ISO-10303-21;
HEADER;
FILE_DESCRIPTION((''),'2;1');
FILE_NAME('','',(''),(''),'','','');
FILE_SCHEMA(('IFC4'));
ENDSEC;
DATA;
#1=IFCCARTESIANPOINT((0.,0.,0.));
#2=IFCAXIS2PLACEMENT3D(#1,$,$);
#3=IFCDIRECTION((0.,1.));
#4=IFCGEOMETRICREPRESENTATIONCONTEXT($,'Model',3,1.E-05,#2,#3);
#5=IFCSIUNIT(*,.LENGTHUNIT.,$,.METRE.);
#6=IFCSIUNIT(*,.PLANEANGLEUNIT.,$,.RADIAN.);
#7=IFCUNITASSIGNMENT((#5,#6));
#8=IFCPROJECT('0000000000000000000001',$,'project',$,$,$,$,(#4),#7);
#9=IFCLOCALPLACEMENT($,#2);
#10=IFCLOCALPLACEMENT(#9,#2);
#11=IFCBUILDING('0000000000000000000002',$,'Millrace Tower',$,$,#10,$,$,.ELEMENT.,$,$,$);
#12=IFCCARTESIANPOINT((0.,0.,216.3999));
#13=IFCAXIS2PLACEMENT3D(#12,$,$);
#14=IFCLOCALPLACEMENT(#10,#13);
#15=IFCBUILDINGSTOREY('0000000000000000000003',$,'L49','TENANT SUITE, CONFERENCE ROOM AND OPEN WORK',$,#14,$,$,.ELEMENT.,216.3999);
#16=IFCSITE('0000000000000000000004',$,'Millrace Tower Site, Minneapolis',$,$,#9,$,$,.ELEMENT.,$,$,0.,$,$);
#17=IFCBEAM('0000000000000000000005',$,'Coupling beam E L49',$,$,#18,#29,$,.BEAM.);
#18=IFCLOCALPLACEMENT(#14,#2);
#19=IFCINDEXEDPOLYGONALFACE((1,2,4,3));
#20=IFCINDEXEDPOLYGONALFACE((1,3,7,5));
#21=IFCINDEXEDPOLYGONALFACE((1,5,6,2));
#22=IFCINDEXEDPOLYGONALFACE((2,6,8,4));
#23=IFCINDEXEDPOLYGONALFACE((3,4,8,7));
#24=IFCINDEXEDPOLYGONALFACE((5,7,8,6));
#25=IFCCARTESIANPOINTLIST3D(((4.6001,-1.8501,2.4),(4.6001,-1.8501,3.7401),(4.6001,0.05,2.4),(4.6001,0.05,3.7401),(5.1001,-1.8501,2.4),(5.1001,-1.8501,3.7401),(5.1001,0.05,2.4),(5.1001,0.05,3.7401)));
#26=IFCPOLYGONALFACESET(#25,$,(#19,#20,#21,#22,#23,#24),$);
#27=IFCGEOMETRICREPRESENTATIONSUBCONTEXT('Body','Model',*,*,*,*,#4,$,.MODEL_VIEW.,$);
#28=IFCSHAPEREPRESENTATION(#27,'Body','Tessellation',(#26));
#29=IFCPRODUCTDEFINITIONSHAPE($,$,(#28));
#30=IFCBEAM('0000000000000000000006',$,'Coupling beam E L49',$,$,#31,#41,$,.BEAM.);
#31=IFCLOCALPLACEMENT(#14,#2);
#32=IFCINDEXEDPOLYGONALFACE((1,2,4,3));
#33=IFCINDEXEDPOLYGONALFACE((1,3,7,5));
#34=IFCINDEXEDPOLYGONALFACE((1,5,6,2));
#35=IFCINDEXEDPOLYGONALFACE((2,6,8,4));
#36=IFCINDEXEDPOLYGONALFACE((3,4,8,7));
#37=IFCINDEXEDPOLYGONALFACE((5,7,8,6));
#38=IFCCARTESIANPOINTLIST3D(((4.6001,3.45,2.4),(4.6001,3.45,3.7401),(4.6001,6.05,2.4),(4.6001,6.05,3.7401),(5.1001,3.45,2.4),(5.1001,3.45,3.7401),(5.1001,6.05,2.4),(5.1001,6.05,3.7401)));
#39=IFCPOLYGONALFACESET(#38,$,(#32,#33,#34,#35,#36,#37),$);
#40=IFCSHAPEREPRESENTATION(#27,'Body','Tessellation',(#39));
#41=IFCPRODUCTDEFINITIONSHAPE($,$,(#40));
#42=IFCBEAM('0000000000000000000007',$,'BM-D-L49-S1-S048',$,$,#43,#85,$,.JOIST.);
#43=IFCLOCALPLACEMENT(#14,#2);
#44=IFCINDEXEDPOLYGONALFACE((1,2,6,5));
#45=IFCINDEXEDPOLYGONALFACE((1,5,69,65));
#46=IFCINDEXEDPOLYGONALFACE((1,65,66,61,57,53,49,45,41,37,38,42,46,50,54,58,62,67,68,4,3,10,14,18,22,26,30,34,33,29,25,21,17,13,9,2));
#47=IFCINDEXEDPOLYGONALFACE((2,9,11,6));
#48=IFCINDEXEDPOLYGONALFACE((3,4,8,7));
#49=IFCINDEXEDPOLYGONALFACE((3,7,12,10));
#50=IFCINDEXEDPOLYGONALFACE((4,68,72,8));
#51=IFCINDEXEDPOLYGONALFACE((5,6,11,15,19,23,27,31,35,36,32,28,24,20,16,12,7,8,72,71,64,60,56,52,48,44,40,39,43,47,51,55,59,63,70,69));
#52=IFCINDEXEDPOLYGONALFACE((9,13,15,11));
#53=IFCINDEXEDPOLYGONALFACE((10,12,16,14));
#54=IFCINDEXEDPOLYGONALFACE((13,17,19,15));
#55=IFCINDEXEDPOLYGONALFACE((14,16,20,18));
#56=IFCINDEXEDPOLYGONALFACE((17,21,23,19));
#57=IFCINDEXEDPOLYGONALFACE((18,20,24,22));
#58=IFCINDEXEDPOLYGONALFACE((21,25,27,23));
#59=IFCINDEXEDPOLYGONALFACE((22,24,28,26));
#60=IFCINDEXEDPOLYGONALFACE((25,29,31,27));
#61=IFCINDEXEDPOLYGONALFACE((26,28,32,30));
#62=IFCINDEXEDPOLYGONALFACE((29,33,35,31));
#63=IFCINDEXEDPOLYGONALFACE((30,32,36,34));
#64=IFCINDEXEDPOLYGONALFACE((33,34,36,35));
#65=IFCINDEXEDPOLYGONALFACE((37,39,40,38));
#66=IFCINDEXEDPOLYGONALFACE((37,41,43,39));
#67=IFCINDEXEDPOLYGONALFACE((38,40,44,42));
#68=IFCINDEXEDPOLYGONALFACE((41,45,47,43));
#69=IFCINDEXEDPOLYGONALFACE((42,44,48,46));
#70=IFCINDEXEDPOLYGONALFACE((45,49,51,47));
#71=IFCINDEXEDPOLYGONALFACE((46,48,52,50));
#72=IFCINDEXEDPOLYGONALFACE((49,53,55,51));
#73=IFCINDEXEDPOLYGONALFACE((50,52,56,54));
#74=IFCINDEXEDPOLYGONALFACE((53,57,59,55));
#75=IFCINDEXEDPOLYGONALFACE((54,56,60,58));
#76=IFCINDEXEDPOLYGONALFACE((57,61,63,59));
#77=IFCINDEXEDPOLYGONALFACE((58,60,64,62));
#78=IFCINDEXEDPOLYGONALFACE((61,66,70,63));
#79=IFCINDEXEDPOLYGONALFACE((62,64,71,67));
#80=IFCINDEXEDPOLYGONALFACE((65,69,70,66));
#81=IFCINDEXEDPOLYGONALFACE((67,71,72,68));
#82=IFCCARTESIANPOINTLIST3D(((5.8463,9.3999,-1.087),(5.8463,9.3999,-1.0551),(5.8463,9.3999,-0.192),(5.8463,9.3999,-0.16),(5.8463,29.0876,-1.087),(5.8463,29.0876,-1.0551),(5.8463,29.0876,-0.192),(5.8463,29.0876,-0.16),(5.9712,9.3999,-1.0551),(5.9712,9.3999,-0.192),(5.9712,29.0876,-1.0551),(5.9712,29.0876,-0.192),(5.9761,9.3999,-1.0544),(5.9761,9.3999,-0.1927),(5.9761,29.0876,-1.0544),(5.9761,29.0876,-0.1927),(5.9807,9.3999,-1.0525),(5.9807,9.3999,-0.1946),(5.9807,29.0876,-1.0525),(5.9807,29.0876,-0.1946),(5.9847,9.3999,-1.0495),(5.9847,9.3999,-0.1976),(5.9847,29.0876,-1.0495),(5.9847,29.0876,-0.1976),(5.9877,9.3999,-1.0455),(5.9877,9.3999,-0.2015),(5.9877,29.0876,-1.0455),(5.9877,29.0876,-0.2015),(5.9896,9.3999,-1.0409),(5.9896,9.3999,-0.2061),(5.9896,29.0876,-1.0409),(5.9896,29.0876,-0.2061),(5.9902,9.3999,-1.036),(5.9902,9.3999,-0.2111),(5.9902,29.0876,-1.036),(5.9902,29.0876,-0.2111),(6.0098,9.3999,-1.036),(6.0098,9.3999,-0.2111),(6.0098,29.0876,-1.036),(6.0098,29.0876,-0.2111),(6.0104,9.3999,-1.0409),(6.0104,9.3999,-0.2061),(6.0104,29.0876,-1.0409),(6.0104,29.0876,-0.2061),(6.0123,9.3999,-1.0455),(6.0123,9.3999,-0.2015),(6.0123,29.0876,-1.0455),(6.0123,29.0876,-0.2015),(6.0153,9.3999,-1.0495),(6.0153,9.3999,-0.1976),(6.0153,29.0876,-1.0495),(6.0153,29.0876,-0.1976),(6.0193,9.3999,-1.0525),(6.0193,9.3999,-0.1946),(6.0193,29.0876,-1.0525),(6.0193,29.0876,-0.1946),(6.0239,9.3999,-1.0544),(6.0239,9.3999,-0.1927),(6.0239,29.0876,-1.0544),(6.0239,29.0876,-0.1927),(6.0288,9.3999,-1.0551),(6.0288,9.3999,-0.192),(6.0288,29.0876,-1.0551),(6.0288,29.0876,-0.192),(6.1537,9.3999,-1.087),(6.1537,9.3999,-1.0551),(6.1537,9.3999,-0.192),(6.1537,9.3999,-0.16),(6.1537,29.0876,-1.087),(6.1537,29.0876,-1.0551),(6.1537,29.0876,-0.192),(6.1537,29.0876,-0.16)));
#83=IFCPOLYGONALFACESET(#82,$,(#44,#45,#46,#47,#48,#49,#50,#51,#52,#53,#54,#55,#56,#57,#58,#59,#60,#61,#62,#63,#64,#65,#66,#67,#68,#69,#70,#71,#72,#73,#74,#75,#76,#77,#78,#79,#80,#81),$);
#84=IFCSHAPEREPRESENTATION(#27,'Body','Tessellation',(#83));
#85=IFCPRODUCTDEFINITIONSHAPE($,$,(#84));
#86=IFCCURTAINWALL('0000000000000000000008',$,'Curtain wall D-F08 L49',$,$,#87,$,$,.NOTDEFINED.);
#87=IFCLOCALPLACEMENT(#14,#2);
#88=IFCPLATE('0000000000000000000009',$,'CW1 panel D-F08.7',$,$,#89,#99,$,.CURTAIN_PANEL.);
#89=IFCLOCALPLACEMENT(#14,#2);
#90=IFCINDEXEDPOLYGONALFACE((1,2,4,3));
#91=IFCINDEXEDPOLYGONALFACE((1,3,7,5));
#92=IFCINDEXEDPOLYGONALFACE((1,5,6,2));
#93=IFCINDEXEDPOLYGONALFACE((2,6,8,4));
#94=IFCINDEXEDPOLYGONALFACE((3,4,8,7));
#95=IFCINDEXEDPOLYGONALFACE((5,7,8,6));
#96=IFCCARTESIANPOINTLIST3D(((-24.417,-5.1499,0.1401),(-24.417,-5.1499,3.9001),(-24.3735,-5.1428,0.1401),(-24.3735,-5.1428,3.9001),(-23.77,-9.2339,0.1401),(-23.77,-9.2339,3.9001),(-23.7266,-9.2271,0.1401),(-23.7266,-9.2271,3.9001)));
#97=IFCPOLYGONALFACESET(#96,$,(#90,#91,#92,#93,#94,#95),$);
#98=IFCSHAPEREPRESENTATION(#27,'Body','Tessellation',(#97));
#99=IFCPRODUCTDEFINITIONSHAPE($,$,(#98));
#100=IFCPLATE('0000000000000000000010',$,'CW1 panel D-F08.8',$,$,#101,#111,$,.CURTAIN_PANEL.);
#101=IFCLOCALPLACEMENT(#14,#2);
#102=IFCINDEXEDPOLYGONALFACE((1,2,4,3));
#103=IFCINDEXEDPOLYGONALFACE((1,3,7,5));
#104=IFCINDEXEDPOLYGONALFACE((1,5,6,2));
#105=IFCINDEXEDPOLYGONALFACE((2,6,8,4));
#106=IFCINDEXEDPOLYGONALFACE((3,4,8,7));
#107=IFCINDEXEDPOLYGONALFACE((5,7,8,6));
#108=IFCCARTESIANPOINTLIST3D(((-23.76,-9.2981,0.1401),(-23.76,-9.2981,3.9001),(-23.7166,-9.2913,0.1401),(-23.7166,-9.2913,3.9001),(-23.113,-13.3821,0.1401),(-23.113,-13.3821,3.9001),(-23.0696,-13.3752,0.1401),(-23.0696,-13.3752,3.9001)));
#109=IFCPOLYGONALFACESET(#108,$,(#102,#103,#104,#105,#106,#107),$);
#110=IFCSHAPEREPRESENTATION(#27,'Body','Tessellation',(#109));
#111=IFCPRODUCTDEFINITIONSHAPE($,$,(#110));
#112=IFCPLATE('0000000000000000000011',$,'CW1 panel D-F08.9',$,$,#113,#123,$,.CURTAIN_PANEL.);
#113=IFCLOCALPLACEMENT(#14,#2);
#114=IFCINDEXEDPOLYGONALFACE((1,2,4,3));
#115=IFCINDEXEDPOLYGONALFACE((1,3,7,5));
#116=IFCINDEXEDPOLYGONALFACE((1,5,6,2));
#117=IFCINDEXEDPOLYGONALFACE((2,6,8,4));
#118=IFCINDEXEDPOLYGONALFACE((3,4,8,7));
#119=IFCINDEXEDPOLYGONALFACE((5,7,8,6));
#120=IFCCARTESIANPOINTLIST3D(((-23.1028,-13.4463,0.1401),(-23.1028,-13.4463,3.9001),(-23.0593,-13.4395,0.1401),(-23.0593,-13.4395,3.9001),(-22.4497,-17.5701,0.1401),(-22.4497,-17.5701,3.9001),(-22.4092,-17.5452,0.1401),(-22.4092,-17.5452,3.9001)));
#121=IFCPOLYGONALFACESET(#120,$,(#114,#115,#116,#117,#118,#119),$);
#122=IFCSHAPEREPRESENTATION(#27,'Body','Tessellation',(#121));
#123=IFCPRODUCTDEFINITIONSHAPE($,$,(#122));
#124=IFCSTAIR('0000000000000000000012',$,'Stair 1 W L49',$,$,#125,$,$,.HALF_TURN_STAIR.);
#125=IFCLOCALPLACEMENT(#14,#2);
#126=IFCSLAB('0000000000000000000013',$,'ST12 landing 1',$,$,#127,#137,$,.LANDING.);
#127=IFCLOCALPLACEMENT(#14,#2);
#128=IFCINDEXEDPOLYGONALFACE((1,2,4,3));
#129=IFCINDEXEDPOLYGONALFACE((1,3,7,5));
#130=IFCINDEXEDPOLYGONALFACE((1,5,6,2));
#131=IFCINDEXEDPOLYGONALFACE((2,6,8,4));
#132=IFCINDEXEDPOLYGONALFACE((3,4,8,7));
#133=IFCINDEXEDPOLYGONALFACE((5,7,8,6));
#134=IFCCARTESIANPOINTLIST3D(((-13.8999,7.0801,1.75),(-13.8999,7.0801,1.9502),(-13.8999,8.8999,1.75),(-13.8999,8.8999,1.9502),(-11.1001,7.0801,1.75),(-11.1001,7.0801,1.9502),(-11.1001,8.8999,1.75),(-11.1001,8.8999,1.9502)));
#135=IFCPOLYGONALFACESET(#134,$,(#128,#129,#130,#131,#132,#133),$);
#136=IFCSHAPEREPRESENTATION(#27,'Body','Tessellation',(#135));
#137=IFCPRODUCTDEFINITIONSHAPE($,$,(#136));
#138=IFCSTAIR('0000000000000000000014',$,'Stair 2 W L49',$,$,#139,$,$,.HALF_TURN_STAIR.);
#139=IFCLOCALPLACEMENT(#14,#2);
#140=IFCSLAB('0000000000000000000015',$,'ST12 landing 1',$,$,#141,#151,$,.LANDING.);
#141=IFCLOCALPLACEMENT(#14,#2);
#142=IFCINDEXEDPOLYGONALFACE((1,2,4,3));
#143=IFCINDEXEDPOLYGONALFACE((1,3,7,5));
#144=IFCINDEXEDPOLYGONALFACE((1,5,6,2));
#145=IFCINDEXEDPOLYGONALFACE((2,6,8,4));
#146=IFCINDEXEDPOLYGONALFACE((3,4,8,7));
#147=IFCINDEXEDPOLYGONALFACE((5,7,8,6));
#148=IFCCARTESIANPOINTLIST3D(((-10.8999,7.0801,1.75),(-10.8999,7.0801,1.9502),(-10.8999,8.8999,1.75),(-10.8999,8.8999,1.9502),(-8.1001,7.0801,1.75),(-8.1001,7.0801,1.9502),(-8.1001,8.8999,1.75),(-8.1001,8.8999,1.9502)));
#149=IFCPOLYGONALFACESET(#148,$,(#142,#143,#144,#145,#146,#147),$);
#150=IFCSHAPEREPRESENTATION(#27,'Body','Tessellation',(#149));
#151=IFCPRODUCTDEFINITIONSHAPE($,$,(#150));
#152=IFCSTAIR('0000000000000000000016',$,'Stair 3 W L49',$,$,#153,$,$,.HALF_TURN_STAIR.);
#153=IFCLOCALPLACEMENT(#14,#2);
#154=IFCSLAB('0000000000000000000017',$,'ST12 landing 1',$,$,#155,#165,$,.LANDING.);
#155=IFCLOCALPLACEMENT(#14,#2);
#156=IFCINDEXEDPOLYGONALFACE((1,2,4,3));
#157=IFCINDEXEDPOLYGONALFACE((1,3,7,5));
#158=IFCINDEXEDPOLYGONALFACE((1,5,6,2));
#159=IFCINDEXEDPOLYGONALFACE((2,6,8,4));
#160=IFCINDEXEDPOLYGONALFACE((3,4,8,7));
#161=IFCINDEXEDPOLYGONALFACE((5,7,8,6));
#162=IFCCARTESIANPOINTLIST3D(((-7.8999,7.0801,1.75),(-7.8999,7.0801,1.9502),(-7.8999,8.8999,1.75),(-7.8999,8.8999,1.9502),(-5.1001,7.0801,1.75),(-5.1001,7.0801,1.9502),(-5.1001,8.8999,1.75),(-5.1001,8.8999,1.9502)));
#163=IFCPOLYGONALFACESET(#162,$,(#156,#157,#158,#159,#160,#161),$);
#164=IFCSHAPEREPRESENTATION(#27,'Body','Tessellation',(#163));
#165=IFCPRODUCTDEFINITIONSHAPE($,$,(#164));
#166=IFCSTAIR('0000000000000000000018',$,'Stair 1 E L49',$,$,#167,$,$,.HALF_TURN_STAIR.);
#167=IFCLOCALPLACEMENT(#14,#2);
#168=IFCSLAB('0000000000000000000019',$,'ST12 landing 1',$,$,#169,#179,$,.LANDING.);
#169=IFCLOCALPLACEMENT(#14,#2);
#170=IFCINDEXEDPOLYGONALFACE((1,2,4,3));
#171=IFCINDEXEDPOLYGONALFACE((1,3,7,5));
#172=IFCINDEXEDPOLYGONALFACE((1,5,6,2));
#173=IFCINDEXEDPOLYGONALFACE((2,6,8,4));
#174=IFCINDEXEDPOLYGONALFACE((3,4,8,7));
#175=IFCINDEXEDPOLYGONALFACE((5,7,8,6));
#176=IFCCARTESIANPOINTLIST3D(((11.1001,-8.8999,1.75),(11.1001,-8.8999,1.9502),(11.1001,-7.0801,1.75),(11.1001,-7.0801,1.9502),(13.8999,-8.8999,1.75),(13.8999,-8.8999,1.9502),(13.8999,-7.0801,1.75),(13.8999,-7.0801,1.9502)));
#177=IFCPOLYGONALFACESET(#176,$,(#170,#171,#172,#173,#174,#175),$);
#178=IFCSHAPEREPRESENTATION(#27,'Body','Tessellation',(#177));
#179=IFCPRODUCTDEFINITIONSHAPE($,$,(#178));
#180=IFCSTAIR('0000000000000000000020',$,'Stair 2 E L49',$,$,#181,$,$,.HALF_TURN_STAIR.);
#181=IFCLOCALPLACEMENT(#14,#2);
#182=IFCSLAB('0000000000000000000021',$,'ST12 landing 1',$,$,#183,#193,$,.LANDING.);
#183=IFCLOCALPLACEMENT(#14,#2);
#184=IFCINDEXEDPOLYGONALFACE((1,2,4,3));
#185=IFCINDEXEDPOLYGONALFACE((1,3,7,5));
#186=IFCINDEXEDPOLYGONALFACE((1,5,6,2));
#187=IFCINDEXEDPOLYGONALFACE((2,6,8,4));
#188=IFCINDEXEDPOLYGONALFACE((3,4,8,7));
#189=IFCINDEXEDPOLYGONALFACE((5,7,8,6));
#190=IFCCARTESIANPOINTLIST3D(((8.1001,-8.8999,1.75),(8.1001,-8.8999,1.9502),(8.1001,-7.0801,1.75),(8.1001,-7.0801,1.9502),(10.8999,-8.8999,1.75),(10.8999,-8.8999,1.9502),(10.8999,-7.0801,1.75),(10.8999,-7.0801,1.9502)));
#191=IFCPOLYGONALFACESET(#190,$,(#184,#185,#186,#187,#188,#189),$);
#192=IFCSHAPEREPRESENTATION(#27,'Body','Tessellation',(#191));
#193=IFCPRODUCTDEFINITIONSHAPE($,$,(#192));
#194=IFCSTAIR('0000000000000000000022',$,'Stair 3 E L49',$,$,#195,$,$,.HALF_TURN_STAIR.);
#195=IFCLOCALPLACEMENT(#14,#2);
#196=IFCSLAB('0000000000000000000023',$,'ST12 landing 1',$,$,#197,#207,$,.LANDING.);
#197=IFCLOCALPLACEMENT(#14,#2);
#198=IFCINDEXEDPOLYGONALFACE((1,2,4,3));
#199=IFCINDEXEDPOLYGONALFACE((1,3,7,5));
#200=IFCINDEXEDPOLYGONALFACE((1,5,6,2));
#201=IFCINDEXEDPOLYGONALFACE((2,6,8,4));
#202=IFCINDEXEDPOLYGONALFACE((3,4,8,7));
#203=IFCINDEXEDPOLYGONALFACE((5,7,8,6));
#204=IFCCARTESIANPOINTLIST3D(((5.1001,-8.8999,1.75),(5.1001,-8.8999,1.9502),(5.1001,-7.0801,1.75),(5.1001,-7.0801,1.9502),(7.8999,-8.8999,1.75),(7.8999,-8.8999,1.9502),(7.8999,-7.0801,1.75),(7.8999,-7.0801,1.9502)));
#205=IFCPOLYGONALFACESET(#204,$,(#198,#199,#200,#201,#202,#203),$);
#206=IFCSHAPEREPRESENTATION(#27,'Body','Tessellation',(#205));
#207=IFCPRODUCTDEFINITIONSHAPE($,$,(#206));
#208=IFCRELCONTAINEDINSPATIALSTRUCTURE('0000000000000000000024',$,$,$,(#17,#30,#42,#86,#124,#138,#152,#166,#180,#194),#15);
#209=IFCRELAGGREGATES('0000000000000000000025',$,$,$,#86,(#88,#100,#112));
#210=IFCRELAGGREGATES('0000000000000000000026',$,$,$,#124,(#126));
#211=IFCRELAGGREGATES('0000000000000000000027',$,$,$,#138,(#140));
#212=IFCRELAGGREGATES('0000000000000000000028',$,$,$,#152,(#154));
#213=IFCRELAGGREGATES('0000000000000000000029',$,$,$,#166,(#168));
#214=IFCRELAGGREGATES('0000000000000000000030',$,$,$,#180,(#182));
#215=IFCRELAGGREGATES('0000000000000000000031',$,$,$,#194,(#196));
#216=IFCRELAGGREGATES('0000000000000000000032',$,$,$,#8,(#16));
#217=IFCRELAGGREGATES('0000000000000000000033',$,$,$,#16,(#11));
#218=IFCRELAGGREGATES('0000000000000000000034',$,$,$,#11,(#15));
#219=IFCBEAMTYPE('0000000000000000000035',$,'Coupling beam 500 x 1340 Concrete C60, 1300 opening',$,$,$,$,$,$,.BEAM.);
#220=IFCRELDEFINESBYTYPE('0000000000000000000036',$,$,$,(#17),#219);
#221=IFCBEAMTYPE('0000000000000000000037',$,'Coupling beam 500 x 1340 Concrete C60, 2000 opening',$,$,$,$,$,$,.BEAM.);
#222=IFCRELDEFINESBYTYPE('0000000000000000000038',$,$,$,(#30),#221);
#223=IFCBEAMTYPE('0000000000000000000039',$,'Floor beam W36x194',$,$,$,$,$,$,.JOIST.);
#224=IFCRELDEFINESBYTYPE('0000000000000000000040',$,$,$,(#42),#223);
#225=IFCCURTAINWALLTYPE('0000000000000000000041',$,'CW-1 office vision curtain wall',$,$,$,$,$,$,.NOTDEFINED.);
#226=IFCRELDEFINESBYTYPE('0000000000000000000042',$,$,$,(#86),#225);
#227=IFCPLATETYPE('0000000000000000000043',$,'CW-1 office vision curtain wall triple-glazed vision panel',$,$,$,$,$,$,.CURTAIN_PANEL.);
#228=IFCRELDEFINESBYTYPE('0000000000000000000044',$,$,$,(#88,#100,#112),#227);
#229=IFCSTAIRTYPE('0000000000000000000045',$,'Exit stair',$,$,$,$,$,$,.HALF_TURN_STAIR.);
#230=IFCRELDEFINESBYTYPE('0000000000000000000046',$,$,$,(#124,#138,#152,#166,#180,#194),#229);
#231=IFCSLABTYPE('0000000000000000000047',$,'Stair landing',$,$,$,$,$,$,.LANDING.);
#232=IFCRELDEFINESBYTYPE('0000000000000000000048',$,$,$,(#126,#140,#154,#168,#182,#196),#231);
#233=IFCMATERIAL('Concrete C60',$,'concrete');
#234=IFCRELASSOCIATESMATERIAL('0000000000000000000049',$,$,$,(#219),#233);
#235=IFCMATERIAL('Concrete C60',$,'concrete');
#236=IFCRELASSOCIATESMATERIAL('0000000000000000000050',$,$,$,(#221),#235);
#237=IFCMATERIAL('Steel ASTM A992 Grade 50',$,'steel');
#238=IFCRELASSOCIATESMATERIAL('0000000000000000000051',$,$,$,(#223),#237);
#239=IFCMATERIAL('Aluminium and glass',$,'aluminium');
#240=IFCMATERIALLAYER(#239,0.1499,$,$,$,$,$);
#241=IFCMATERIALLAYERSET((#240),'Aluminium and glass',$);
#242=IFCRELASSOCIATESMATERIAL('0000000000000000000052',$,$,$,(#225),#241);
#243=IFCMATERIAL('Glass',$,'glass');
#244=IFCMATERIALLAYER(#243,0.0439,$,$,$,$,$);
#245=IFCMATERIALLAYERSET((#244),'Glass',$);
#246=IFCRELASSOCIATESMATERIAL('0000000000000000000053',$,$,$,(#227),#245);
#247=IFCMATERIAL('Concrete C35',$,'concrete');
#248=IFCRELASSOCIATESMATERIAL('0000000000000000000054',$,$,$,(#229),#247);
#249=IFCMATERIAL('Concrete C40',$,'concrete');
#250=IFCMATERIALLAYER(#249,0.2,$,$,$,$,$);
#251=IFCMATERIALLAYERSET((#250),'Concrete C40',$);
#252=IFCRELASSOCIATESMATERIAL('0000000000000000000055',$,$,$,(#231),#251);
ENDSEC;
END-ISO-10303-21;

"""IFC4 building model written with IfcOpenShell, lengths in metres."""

from ifc_helpers import new_model, si_unit, direction, frame, origin, origin_2d, place, context, subcontext, project, spatial, polyline, rectangle, i_section, outline, extrude, material, layer, layer_set, material_profile, profile_set, type_object, element, aggregate, save


model = new_model("IFC4")

# Units and contexts
model_context = context("Model", 3, precision=1e-05, world=origin(), true_north=direction((0.0, 1.0)))
body_context = subcontext(model_context, "Body", "Model", "MODEL_VIEW")
ifc_project = project(units=[si_unit("LENGTHUNIT", "METRE"), si_unit("PLANEANGLEUNIT", "RADIAN")], contexts=[model_context])

# Site, building, storey
site_placement = place(None, origin())
site = spatial("IfcSite", under=ifc_project, at=site_placement, Name="Millrace Tower Site, Minneapolis", CompositionType="ELEMENT", RefElevation=0.0)
building_placement = place(site_placement, origin())
building = spatial("IfcBuilding", under=site, at=building_placement, Name="Millrace Tower", CompositionType="ELEMENT")
storey_placement = place(building_placement, frame((0.0, 0.0, 216.3999)))
storey = spatial("IfcBuildingStorey", under=building, at=storey_placement, Name="L49", Description="TENANT SUITE, CONFERENCE ROOM AND OPEN WORK", CompositionType="ELEMENT", Elevation=216.3999)

# Beams
ifc_material_1 = material(Name="Concrete C60", Category="concrete")
ifc_material_profile_1 = material_profile(ifc_material_1, rectangle(XDim=0.5, YDim=1.3401, at=origin_2d()))
ifc_profile_set_1 = profile_set([ifc_material_profile_1], Name="Concrete C60")
beam_type_1 = type_object("IfcBeamType", Name="Coupling beam 500 x 1340 Concrete C60, 1300 opening", PredefinedType="BEAM", material=ifc_profile_set_1)
beam_1_placement = place(storey_placement, frame((4.8501, 0.05, 3.0701), z_axis=(0.0, -1.0, 0.0), x_axis=(1.0, 0.0, 0.0)))
element("IfcBeam", 1, at=beam_1_placement, inside=storey, type_object=beam_type_1, Name="Coupling beam E L49", PredefinedType="BEAM", context=body_context, shape_type="SweptSolid", body=[
    extrude(rectangle(XDim=0.5, YDim=1.3401, at=origin_2d()), origin(), (0.0, 0.0, 1.0), 1.9001),
])
ifc_material_2 = material(Name="Concrete C60", Category="concrete")
ifc_material_profile_2 = material_profile(ifc_material_2, rectangle(XDim=0.5, YDim=1.3401, at=origin_2d()))
ifc_profile_set_2 = profile_set([ifc_material_profile_2], Name="Concrete C60")
beam_type_2 = type_object("IfcBeamType", Name="Coupling beam 500 x 1340 Concrete C60, 2000 opening", PredefinedType="BEAM", material=ifc_profile_set_2)
beam_2_placement = place(storey_placement, frame((4.8501, 6.05, 3.0701), z_axis=(0.0, -1.0, 0.0), x_axis=(1.0, 0.0, 0.0)))
element("IfcBeam", 2, at=beam_2_placement, inside=storey, type_object=beam_type_2, Name="Coupling beam E L49", PredefinedType="BEAM", context=body_context, shape_type="SweptSolid", body=[
    extrude(rectangle(XDim=0.5, YDim=1.3401, at=origin_2d()), origin(), (0.0, 0.0, 1.0), 2.6001),
])
ifc_material_3 = material(Name="Steel ASTM A992 Grade 50", Category="steel")
ifc_material_profile_3 = material_profile(ifc_material_3, i_section(OverallWidth=0.3074, OverallDepth=0.927, WebThickness=0.0195, FlangeThickness=0.032, FilletRadius=0.019, at=origin_2d()))
ifc_profile_set_3 = profile_set([ifc_material_profile_3], Name="Steel ASTM A992 Grade 50")
beam_type_3 = type_object("IfcBeamType", Name="Floor beam W36x194", PredefinedType="JOIST", material=ifc_profile_set_3)
beam_3_placement = place(storey_placement, frame((6.0, 9.3999, -0.6235), z_axis=(0.0, 1.0, 0.0), x_axis=(-1.0, 0.0, 0.0)))
element("IfcBeam", 3, at=beam_3_placement, inside=storey, type_object=beam_type_3, Name="BM-D-L49-S1-S048", PredefinedType="JOIST", context=body_context, shape_type="SweptSolid", body=[
    extrude(i_section(OverallWidth=0.3074, OverallDepth=0.927, WebThickness=0.0195, FlangeThickness=0.032, FilletRadius=0.019, at=origin_2d()), origin(), (0.0, 0.0, 1.0), 19.6877),
])

# Curtain wall, plates
ifc_material_4 = material(Name="Aluminium and glass", Category="aluminium")
ifc_layer_1 = layer(ifc_material_4, 0.1499)
ifc_layer_set_1 = layer_set([ifc_layer_1], Name="Aluminium and glass")
curtain_wall_type = type_object("IfcCurtainWallType", Name="CW-1 office vision curtain wall", PredefinedType="NOTDEFINED", material=ifc_layer_set_1)
placement_1 = place(storey_placement, origin())
curtain_wall = element("IfcCurtainWall", 4, at=placement_1, inside=storey, type_object=curtain_wall_type, Name="Curtain wall D-F08 L49", PredefinedType="NOTDEFINED")
ifc_material_5 = material(Name="Glass", Category="glass")
ifc_layer_2 = layer(ifc_material_5, 0.0439)
ifc_layer_set_2 = layer_set([ifc_layer_2], Name="Glass")
plate_type = type_object("IfcPlateType", Name="CW-1 office vision curtain wall triple-glazed vision panel", PredefinedType="CURTAIN_PANEL", material=ifc_layer_set_2)
placement_2 = place(storey_placement, frame((0.0, 0.0, 0.1401)))
plate_1 = element("IfcPlate", 5, at=placement_2, type_object=plate_type, Name="CW1 panel D-F08.7", PredefinedType="CURTAIN_PANEL", context=body_context, shape_type="SweptSolid", body=[
    extrude(outline(polyline([(-24.417, -5.1499), (-23.77, -9.2339), (-23.7266, -9.2271), (-24.3735, -5.1428), (-24.417, -5.1499)])), origin(), (0.0, 0.0, 1.0), 3.76),
])
plate_2 = element("IfcPlate", 6, at=placement_2, type_object=plate_type, Name="CW1 panel D-F08.8", PredefinedType="CURTAIN_PANEL", context=body_context, shape_type="SweptSolid", body=[
    extrude(outline(polyline([(-23.76, -9.2981), (-23.113, -13.3821), (-23.0696, -13.3752), (-23.7166, -9.2913), (-23.76, -9.2981)])), origin(), (0.0, 0.0, 1.0), 3.76),
])
plate_3 = element("IfcPlate", 7, at=placement_2, type_object=plate_type, Name="CW1 panel D-F08.9", PredefinedType="CURTAIN_PANEL", context=body_context, shape_type="SweptSolid", body=[
    extrude(outline(polyline([(-23.1028, -13.4463), (-22.4497, -17.5701), (-22.4092, -17.5452), (-23.0593, -13.4395), (-23.1028, -13.4463)])), origin(), (0.0, 0.0, 1.0), 3.76),
])
aggregate(curtain_wall, [plate_1, plate_2, plate_3])

# Stairs, slabs
ifc_material_6 = material(Name="Concrete C35", Category="concrete")
stair_type = type_object("IfcStairType", Name="Exit stair", PredefinedType="HALF_TURN_STAIR", material=ifc_material_6)
stair_1 = element("IfcStair", 8, at=placement_1, inside=storey, type_object=stair_type, Name="Stair 1 W L49", PredefinedType="HALF_TURN_STAIR")
ifc_material_7 = material(Name="Concrete C40", Category="concrete")
ifc_layer_3 = layer(ifc_material_7, 0.2)
ifc_layer_set_3 = layer_set([ifc_layer_3], Name="Concrete C40")
slab_type = type_object("IfcSlabType", Name="Stair landing", PredefinedType="LANDING", material=ifc_layer_set_3)
placement_3 = place(storey_placement, frame((0.0, 0.0, 1.75)))
slab_1 = element("IfcSlab", 9, at=placement_3, type_object=slab_type, Name="ST12 landing 1", PredefinedType="LANDING", context=body_context, shape_type="SweptSolid", body=[
    extrude(outline(polyline([(-13.8999, 7.0801), (-11.1001, 7.0801), (-11.1001, 8.8999), (-13.8999, 8.8999), (-13.8999, 7.0801)])), origin(), (0.0, 0.0, 1.0), 0.2002),
])
aggregate(stair_1, [slab_1])
stair_2 = element("IfcStair", 10, at=placement_1, inside=storey, type_object=stair_type, Name="Stair 2 W L49", PredefinedType="HALF_TURN_STAIR")
slab_2 = element("IfcSlab", 11, at=placement_3, type_object=slab_type, Name="ST12 landing 1", PredefinedType="LANDING", context=body_context, shape_type="SweptSolid", body=[
    extrude(outline(polyline([(-10.8999, 7.0801), (-8.1001, 7.0801), (-8.1001, 8.8999), (-10.8999, 8.8999), (-10.8999, 7.0801)])), origin(), (0.0, 0.0, 1.0), 0.2002),
])
aggregate(stair_2, [slab_2])
stair_3 = element("IfcStair", 12, at=placement_1, inside=storey, type_object=stair_type, Name="Stair 3 W L49", PredefinedType="HALF_TURN_STAIR")
slab_3 = element("IfcSlab", 13, at=placement_3, type_object=slab_type, Name="ST12 landing 1", PredefinedType="LANDING", context=body_context, shape_type="SweptSolid", body=[
    extrude(outline(polyline([(-7.8999, 7.0801), (-5.1001, 7.0801), (-5.1001, 8.8999), (-7.8999, 8.8999), (-7.8999, 7.0801)])), origin(), (0.0, 0.0, 1.0), 0.2002),
])
aggregate(stair_3, [slab_3])
stair_4 = element("IfcStair", 14, at=placement_1, inside=storey, type_object=stair_type, Name="Stair 1 E L49", PredefinedType="HALF_TURN_STAIR")
slab_4 = element("IfcSlab", 15, at=placement_3, type_object=slab_type, Name="ST12 landing 1", PredefinedType="LANDING", context=body_context, shape_type="SweptSolid", body=[
    extrude(outline(polyline([(11.1001, -8.8999), (13.8999, -8.8999), (13.8999, -7.0801), (11.1001, -7.0801), (11.1001, -8.8999)])), origin(), (0.0, 0.0, 1.0), 0.2002),
])
aggregate(stair_4, [slab_4])
stair_5 = element("IfcStair", 16, at=placement_1, inside=storey, type_object=stair_type, Name="Stair 2 E L49", PredefinedType="HALF_TURN_STAIR")
slab_5 = element("IfcSlab", 17, at=placement_3, type_object=slab_type, Name="ST12 landing 1", PredefinedType="LANDING", context=body_context, shape_type="SweptSolid", body=[
    extrude(outline(polyline([(8.1001, -8.8999), (10.8999, -8.8999), (10.8999, -7.0801), (8.1001, -7.0801), (8.1001, -8.8999)])), origin(), (0.0, 0.0, 1.0), 0.2002),
])
aggregate(stair_5, [slab_5])
stair_6 = element("IfcStair", 18, at=placement_1, inside=storey, type_object=stair_type, Name="Stair 3 E L49", PredefinedType="HALF_TURN_STAIR")
slab_6 = element("IfcSlab", 19, at=placement_3, type_object=slab_type, Name="ST12 landing 1", PredefinedType="LANDING", context=body_context, shape_type="SweptSolid", body=[
    extrude(outline(polyline([(5.1001, -8.8999), (7.8999, -8.8999), (7.8999, -7.0801), (5.1001, -7.0801), (5.1001, -8.8999)])), origin(), (0.0, 0.0, 1.0), 0.2002),
])
aggregate(stair_6, [slab_6])

save(model, "model.ifc")
